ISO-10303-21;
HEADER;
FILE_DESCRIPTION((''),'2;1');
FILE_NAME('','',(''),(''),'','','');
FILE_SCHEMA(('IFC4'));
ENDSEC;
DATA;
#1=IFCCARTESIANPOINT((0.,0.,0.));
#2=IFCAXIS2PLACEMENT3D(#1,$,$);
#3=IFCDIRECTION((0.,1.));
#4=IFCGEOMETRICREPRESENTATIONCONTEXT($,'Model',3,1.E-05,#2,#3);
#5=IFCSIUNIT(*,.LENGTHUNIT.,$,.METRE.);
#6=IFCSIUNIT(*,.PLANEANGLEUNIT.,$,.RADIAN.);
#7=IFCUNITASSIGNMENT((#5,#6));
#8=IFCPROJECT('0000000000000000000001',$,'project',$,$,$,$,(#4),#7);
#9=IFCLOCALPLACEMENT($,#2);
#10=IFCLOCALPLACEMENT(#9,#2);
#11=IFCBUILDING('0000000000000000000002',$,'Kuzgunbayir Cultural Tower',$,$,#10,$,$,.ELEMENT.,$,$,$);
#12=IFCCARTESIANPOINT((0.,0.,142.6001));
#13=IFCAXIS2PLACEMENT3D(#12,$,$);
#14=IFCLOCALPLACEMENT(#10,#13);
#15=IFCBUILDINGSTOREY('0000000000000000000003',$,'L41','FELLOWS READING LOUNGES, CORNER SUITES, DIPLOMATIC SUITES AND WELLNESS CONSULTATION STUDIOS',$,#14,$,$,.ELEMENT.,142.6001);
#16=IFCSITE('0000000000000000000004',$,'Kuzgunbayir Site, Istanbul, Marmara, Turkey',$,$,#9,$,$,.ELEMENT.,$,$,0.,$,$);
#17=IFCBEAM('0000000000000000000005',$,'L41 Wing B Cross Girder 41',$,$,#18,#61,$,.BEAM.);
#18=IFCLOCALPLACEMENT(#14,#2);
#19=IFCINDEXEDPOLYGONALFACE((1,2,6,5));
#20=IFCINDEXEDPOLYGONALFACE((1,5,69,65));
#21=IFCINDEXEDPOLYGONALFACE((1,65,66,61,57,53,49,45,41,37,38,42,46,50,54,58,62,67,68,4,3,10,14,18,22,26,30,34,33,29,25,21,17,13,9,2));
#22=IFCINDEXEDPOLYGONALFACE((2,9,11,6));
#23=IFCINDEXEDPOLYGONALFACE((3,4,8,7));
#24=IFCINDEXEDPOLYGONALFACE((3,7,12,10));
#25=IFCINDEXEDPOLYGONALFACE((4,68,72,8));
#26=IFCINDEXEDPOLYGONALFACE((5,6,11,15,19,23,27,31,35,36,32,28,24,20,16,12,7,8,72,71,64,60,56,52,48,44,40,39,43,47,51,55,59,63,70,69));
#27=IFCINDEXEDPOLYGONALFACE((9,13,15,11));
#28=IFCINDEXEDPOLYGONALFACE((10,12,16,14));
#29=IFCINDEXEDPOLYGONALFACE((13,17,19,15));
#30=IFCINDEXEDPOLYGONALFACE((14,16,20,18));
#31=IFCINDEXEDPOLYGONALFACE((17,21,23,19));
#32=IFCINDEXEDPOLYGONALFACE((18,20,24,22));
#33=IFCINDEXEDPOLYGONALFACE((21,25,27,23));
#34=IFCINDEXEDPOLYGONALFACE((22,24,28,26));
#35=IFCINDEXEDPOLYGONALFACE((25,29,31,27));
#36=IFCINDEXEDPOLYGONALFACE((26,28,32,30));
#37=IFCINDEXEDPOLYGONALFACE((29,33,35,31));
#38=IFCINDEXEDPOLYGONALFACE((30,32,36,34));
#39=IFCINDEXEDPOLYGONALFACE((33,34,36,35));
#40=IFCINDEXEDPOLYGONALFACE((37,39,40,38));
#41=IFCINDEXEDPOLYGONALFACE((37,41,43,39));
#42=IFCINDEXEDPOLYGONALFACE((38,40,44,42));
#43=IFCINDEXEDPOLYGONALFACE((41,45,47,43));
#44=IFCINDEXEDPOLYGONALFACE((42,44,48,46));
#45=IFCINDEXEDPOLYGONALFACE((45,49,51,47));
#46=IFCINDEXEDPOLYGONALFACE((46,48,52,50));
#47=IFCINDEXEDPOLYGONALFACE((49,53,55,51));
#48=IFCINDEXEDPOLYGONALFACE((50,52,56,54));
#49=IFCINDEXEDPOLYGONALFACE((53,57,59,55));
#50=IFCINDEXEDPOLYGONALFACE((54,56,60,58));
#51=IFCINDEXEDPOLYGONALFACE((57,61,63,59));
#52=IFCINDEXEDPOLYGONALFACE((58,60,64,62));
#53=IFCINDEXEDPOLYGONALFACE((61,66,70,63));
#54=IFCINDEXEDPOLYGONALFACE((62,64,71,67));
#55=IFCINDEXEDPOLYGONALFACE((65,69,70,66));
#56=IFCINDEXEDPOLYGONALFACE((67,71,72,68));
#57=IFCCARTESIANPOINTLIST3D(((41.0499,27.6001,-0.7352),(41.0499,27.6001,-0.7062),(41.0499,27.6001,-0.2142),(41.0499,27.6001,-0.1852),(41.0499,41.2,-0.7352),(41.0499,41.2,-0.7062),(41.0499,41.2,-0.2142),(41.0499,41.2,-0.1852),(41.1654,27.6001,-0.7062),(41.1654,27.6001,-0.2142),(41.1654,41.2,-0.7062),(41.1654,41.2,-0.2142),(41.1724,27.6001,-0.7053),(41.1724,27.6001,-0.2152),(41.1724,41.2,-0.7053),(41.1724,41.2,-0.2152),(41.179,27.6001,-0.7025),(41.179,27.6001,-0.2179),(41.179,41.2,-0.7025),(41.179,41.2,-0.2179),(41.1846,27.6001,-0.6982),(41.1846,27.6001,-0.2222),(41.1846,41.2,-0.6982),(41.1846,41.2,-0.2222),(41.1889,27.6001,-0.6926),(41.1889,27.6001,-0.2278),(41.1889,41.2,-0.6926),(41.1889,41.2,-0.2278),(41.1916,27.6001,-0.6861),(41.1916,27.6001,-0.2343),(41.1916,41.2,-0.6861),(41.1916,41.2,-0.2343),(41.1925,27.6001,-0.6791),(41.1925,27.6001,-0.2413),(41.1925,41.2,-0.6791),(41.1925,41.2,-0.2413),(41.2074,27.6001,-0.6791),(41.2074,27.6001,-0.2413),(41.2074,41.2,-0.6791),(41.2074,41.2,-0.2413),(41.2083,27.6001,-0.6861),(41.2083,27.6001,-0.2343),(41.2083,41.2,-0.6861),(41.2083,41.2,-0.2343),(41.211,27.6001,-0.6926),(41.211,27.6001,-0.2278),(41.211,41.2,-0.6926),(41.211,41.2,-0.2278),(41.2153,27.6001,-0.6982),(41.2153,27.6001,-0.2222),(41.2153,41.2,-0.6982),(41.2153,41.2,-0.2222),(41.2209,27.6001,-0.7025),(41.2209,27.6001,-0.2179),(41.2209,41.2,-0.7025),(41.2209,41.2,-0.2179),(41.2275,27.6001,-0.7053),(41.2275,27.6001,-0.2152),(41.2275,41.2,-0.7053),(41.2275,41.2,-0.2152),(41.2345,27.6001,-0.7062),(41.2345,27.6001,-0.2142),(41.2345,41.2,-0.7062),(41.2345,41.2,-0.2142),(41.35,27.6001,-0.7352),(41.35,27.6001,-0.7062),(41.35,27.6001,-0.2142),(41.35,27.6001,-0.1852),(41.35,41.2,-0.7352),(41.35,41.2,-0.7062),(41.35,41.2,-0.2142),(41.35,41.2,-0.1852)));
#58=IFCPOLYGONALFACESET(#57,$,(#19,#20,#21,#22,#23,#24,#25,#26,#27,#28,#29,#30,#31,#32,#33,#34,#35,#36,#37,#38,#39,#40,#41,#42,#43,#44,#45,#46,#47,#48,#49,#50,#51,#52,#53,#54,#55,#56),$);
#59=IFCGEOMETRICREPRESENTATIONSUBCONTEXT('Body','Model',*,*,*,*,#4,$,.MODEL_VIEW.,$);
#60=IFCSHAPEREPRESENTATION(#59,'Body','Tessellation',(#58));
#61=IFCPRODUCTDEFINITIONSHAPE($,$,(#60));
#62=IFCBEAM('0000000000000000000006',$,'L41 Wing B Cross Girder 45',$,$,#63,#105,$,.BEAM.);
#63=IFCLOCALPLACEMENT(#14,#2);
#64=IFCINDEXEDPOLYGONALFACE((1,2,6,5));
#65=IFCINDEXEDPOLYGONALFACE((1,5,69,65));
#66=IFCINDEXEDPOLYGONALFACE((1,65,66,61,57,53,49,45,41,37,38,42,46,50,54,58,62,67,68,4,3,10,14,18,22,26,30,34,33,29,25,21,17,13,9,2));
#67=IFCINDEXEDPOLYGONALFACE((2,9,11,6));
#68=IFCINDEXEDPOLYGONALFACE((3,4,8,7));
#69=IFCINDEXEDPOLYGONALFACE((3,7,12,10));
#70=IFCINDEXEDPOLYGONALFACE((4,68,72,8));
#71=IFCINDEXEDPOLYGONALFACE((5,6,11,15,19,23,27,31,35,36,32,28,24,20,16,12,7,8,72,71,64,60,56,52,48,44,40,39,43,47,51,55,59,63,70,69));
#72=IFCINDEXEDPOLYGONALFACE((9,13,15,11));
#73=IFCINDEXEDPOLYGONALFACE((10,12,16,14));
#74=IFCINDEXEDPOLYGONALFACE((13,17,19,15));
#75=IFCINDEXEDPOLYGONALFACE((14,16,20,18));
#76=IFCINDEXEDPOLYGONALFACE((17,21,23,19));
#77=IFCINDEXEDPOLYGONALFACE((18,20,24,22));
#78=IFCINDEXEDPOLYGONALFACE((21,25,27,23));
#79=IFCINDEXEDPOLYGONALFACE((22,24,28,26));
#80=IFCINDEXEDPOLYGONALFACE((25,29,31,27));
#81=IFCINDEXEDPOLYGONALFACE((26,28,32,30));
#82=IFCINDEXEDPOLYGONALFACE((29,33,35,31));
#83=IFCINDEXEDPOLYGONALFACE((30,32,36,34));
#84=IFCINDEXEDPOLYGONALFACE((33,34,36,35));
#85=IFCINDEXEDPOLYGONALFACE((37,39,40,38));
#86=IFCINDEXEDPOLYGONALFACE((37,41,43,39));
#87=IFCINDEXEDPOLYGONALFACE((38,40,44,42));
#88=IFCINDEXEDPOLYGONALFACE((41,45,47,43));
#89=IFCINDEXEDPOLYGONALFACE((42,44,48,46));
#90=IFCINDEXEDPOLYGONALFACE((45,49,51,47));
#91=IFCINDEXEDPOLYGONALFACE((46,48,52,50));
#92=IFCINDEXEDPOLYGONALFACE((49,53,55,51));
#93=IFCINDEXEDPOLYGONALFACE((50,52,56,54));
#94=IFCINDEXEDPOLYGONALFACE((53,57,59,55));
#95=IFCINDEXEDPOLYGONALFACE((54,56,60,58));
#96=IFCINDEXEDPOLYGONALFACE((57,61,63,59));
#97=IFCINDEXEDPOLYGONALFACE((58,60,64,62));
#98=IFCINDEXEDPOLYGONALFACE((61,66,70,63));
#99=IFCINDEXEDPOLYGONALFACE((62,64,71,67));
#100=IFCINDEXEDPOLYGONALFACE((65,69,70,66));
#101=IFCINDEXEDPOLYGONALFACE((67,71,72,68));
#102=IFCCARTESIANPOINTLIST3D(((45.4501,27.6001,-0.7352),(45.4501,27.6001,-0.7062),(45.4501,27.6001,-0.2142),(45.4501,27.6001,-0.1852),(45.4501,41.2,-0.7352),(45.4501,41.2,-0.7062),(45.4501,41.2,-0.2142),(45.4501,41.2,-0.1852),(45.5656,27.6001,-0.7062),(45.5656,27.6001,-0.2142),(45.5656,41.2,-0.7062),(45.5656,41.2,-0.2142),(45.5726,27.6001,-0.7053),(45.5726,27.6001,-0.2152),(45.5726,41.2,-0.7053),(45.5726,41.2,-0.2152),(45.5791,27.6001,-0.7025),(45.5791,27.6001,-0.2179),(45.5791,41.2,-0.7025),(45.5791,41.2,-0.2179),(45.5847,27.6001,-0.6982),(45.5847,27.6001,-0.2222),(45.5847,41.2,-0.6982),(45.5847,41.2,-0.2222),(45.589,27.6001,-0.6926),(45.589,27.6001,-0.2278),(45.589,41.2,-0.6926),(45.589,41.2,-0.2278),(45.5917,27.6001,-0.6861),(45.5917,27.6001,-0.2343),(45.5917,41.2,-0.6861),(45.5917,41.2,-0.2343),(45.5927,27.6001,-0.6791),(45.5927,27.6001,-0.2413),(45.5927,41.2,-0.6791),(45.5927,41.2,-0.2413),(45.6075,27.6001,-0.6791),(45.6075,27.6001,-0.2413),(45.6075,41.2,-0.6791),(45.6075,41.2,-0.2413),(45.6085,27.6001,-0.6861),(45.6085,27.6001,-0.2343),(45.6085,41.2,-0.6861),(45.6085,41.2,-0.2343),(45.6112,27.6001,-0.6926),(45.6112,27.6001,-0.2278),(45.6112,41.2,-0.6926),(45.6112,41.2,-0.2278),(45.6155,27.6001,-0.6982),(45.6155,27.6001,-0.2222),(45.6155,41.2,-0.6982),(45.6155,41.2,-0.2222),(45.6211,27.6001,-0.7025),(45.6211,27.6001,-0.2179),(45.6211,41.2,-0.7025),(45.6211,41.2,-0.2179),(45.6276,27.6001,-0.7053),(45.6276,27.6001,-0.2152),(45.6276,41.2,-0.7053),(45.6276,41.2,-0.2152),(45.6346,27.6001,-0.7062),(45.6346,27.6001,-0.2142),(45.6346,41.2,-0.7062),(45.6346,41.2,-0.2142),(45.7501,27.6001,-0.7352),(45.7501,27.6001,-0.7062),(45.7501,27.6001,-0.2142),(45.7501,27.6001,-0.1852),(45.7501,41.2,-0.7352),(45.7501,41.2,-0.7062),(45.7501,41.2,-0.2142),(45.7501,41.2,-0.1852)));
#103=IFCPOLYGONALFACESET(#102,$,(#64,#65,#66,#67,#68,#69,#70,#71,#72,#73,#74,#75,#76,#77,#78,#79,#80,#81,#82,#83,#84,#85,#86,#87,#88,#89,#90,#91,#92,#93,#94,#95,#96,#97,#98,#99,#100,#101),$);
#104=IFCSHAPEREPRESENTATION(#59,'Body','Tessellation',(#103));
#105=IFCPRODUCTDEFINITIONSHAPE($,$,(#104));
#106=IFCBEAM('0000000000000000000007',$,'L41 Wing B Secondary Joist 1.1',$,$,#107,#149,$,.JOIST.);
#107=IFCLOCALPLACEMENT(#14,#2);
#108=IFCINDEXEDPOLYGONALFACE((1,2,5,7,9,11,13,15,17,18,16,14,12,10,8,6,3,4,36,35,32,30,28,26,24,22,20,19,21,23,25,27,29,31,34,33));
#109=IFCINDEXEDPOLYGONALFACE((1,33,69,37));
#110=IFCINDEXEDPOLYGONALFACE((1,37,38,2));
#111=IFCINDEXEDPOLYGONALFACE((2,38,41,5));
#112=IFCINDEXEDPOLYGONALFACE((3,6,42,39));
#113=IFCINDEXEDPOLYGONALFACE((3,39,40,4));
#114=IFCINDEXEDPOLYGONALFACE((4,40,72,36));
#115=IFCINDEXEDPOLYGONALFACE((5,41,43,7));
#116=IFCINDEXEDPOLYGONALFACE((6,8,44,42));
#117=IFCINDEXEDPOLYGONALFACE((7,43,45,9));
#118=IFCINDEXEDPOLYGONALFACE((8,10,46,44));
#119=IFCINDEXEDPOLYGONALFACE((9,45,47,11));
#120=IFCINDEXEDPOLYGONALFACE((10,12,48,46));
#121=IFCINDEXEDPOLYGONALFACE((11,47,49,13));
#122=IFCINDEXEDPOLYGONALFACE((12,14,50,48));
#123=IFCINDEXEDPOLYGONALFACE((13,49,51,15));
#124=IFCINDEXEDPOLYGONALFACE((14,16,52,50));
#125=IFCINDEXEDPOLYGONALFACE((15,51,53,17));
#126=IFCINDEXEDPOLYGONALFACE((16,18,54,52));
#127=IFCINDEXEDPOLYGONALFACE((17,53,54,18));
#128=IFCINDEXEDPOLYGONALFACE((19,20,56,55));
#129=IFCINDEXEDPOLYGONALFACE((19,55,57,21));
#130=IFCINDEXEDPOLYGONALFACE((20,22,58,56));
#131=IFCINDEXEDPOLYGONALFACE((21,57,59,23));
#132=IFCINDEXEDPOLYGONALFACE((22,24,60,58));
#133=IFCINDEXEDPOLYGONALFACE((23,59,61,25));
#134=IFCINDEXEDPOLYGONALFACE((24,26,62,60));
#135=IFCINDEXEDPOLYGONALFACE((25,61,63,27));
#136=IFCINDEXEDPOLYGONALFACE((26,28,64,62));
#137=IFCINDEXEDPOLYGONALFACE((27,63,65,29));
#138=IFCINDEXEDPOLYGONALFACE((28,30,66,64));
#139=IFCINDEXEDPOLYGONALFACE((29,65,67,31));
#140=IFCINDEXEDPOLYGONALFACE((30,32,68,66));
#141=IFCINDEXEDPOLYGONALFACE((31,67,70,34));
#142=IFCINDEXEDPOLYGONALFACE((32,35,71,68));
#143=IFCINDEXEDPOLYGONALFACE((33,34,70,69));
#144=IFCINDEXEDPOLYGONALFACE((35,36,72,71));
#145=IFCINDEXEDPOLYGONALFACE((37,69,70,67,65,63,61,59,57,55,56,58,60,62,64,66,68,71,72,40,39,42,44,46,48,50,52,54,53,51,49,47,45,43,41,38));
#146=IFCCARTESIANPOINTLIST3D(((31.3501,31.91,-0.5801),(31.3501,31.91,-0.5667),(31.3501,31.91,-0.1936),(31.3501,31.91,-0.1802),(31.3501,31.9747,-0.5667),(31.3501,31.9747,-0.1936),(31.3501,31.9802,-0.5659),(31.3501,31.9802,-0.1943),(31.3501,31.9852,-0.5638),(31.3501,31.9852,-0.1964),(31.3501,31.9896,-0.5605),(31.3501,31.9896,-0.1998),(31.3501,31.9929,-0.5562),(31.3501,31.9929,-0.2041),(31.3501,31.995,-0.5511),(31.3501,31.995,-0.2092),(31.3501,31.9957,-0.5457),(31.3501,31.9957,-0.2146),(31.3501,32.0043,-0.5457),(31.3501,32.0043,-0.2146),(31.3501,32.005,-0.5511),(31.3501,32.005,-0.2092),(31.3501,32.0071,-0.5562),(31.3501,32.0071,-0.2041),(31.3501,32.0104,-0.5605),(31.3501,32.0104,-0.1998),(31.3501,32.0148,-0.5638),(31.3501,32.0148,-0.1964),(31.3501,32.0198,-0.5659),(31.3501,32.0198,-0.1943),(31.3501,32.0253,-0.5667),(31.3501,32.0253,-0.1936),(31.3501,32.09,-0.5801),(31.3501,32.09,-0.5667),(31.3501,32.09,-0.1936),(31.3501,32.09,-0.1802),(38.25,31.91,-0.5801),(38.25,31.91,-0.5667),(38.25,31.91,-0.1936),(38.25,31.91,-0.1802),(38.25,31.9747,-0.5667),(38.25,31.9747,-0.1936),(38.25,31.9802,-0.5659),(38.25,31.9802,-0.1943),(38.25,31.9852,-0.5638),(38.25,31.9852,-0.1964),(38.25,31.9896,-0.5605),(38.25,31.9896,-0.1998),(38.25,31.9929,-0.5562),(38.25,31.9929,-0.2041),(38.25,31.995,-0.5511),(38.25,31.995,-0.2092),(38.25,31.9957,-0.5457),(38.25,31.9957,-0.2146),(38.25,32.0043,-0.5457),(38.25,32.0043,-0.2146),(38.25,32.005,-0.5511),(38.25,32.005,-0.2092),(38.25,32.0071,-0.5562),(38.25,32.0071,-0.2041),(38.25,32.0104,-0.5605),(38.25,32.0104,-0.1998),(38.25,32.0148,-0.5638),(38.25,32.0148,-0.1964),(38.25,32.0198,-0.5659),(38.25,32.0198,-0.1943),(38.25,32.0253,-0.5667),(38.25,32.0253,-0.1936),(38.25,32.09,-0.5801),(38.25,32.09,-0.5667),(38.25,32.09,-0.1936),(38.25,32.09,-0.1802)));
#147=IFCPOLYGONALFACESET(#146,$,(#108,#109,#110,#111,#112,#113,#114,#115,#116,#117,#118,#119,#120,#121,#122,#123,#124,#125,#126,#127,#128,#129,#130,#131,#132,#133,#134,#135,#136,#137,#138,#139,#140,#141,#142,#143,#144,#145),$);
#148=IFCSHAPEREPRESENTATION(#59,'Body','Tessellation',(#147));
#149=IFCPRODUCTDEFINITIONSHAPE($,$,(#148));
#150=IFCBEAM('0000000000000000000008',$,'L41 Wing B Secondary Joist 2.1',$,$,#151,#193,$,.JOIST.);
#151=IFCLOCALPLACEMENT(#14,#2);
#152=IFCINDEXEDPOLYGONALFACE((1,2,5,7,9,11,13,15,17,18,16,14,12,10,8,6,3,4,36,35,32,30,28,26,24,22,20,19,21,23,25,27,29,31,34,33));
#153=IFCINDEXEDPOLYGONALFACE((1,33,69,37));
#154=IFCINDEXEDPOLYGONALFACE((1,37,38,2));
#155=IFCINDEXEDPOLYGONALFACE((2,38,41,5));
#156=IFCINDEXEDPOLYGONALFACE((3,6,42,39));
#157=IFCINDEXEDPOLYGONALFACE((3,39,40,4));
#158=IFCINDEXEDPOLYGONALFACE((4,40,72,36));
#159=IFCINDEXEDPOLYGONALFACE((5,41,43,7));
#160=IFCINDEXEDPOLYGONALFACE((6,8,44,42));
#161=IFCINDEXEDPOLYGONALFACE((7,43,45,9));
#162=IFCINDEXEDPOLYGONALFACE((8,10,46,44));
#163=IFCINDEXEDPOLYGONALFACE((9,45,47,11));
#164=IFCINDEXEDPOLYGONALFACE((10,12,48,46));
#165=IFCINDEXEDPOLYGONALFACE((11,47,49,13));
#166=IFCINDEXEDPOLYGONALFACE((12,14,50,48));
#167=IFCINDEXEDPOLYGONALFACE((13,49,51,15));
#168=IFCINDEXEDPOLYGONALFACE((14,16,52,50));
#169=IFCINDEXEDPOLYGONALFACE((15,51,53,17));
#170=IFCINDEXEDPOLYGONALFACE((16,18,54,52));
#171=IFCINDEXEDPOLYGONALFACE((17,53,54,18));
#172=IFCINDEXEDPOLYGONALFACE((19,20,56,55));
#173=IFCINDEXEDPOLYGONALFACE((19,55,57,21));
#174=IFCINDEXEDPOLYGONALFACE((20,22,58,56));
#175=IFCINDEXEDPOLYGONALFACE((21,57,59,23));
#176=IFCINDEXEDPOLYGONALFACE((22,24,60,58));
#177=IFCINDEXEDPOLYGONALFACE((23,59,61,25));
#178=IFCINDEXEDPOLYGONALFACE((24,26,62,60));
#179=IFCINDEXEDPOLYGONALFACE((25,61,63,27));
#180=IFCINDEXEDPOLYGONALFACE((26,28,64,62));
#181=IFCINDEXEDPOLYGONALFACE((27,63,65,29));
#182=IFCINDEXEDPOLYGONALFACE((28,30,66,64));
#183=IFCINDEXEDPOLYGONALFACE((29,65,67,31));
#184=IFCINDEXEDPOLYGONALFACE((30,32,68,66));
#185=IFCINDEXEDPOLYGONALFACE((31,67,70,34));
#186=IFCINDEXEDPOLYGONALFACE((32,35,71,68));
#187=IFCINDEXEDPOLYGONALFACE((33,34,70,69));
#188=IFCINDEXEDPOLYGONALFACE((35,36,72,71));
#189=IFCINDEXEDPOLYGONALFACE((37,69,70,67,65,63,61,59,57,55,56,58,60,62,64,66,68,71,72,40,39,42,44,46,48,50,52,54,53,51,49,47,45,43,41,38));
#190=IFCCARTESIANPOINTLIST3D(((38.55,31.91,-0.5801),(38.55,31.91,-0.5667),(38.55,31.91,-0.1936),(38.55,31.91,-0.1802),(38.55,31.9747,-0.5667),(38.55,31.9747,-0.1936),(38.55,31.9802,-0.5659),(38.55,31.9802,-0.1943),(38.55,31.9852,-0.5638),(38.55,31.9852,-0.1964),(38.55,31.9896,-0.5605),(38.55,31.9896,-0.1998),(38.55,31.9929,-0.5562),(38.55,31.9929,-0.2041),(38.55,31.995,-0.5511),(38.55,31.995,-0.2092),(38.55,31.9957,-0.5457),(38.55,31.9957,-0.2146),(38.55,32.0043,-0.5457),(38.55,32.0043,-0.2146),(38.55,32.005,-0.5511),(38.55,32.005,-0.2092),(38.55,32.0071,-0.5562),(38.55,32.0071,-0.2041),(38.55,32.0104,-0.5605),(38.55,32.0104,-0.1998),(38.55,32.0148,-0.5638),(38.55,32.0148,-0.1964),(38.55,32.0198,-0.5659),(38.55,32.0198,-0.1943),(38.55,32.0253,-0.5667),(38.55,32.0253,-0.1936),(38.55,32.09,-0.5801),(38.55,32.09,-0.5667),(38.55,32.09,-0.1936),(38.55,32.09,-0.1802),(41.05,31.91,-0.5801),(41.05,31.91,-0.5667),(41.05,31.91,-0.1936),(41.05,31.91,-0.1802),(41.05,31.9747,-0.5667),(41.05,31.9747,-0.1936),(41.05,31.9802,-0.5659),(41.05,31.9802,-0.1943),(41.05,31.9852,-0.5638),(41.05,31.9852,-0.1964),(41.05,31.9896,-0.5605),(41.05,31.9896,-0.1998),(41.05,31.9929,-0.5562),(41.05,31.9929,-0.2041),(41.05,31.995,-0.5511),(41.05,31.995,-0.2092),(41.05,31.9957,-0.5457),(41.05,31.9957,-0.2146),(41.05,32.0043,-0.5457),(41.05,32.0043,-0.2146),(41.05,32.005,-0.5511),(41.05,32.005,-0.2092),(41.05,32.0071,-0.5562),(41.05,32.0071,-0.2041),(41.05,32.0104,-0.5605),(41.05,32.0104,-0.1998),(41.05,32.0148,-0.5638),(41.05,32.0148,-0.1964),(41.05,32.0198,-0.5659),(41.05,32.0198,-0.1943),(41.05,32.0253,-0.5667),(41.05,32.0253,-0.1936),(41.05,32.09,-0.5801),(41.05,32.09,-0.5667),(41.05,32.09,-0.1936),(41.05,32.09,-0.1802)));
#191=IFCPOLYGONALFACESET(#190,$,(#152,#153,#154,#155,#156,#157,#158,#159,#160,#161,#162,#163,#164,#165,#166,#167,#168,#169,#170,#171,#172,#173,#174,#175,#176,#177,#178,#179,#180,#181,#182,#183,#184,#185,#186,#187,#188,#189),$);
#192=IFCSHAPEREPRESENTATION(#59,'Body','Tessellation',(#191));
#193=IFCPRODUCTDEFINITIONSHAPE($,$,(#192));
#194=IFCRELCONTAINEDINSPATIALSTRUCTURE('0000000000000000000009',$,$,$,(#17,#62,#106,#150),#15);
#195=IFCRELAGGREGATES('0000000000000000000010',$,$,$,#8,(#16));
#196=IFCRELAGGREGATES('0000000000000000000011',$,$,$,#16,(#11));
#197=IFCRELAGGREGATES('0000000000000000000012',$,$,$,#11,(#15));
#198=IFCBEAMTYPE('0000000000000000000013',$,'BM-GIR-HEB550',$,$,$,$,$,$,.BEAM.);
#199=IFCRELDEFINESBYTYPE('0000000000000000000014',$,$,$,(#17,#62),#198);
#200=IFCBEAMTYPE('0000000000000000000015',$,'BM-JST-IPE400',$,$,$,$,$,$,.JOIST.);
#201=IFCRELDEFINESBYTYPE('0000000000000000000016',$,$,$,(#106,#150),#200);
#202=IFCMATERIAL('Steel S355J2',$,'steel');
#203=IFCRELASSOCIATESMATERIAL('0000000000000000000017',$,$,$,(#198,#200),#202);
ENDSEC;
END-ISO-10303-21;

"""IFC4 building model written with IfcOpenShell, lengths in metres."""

from ifc_helpers import new_model, si_unit, direction, frame, origin, origin_2d, place, context, subcontext, project, spatial, i_section, extrude, material, material_profile, profile_set, type_object, element, save


model = new_model("IFC4")

# Units and contexts
model_context = context("Model", 3, precision=1e-05, world=origin(), true_north=direction((0.0, 1.0)))
body_context = subcontext(model_context, "Body", "Model", "MODEL_VIEW")
ifc_project = project(units=[si_unit("LENGTHUNIT", "METRE"), si_unit("PLANEANGLEUNIT", "RADIAN")], contexts=[model_context])

# Site, building, storey
site_placement = place(None, origin())
site = spatial("IfcSite", under=ifc_project, at=site_placement, Name="Kuzgunbayir Site, Istanbul, Marmara, Turkey", CompositionType="ELEMENT", RefElevation=0.0)
building_placement = place(site_placement, origin())
building = spatial("IfcBuilding", under=site, at=building_placement, Name="Kuzgunbayir Cultural Tower", CompositionType="ELEMENT")
storey_placement = place(building_placement, frame((0.0, 0.0, 142.6001)))
storey = spatial("IfcBuildingStorey", under=building, at=storey_placement, Name="L41", Description="FELLOWS READING LOUNGES, CORNER SUITES, DIPLOMATIC SUITES AND WELLNESS CONSULTATION STUDIOS", CompositionType="ELEMENT", Elevation=142.6001)

# Beams
ifc_material_1 = material(Name="Steel S355J2", Category="steel")
ifc_material_profile_1 = material_profile(ifc_material_1, i_section(OverallWidth=0.3, OverallDepth=0.55, WebThickness=0.0149, FlangeThickness=0.0291, FilletRadius=0.0271, at=origin_2d()), Name="HEB 550")
ifc_profile_set_1 = profile_set([ifc_material_profile_1], Name="Steel S355J2")
beam_type_1 = type_object("IfcBeamType", Name="BM-GIR-HEB550", PredefinedType="BEAM", material=ifc_profile_set_1)
for number, where, z_axis, x_axis, name in (
    (1, (41.2, 27.6001, -0.4602), (0.0, 1.0, 0.0), (-1.0, 0.0, 0.0), "L41 Wing B Cross Girder 41"),
    (2, (45.6001, 27.6001, -0.4602), (0.0, 1.0, 0.0), (-1.0, 0.0, 0.0), "L41 Wing B Cross Girder 45"),
):
    element("IfcBeam", number, at=place(storey_placement, frame(where, z_axis=z_axis, x_axis=x_axis)), inside=storey, type_object=beam_type_1, Name=name, PredefinedType="BEAM", context=body_context, shape_type="SweptSolid", body=[
        extrude(i_section(OverallWidth=0.3, OverallDepth=0.55, WebThickness=0.0149, FlangeThickness=0.0291, FilletRadius=0.0271, at=origin_2d()), origin(), (0.0, 0.0, 1.0), 13.5999),
    ])
ifc_material_profile_2 = material_profile(ifc_material_1, i_section(OverallWidth=0.1799, OverallDepth=0.3999, WebThickness=0.0085, FlangeThickness=0.0134, FilletRadius=0.021, at=origin_2d()), Name="IPE 400")
ifc_profile_set_2 = profile_set([ifc_material_profile_2], Name="Steel S355J2")
beam_type_2 = type_object("IfcBeamType", Name="BM-JST-IPE400", PredefinedType="JOIST", material=ifc_profile_set_2)
beam_1_placement = place(storey_placement, frame((31.3501, 32.0, -0.3801), z_axis=(1.0, 0.0, 0.0), x_axis=(0.0, 1.0, 0.0)))
element("IfcBeam", 3, at=beam_1_placement, inside=storey, type_object=beam_type_2, Name="L41 Wing B Secondary Joist 1.1", PredefinedType="JOIST", context=body_context, shape_type="SweptSolid", body=[
    extrude(i_section(OverallWidth=0.1799, OverallDepth=0.3999, WebThickness=0.0085, FlangeThickness=0.0134, FilletRadius=0.021, at=origin_2d()), origin(), (0.0, 0.0, 1.0), 6.8999),
])
beam_2_placement = place(storey_placement, frame((38.55, 32.0, -0.3801), z_axis=(1.0, 0.0, 0.0), x_axis=(0.0, 1.0, 0.0)))
element("IfcBeam", 4, at=beam_2_placement, inside=storey, type_object=beam_type_2, Name="L41 Wing B Secondary Joist 2.1", PredefinedType="JOIST", context=body_context, shape_type="SweptSolid", body=[
    extrude(i_section(OverallWidth=0.1799, OverallDepth=0.3999, WebThickness=0.0085, FlangeThickness=0.0134, FilletRadius=0.021, at=origin_2d()), origin(), (0.0, 0.0, 1.0), 2.5),
])

save(model, "model.ifc")
